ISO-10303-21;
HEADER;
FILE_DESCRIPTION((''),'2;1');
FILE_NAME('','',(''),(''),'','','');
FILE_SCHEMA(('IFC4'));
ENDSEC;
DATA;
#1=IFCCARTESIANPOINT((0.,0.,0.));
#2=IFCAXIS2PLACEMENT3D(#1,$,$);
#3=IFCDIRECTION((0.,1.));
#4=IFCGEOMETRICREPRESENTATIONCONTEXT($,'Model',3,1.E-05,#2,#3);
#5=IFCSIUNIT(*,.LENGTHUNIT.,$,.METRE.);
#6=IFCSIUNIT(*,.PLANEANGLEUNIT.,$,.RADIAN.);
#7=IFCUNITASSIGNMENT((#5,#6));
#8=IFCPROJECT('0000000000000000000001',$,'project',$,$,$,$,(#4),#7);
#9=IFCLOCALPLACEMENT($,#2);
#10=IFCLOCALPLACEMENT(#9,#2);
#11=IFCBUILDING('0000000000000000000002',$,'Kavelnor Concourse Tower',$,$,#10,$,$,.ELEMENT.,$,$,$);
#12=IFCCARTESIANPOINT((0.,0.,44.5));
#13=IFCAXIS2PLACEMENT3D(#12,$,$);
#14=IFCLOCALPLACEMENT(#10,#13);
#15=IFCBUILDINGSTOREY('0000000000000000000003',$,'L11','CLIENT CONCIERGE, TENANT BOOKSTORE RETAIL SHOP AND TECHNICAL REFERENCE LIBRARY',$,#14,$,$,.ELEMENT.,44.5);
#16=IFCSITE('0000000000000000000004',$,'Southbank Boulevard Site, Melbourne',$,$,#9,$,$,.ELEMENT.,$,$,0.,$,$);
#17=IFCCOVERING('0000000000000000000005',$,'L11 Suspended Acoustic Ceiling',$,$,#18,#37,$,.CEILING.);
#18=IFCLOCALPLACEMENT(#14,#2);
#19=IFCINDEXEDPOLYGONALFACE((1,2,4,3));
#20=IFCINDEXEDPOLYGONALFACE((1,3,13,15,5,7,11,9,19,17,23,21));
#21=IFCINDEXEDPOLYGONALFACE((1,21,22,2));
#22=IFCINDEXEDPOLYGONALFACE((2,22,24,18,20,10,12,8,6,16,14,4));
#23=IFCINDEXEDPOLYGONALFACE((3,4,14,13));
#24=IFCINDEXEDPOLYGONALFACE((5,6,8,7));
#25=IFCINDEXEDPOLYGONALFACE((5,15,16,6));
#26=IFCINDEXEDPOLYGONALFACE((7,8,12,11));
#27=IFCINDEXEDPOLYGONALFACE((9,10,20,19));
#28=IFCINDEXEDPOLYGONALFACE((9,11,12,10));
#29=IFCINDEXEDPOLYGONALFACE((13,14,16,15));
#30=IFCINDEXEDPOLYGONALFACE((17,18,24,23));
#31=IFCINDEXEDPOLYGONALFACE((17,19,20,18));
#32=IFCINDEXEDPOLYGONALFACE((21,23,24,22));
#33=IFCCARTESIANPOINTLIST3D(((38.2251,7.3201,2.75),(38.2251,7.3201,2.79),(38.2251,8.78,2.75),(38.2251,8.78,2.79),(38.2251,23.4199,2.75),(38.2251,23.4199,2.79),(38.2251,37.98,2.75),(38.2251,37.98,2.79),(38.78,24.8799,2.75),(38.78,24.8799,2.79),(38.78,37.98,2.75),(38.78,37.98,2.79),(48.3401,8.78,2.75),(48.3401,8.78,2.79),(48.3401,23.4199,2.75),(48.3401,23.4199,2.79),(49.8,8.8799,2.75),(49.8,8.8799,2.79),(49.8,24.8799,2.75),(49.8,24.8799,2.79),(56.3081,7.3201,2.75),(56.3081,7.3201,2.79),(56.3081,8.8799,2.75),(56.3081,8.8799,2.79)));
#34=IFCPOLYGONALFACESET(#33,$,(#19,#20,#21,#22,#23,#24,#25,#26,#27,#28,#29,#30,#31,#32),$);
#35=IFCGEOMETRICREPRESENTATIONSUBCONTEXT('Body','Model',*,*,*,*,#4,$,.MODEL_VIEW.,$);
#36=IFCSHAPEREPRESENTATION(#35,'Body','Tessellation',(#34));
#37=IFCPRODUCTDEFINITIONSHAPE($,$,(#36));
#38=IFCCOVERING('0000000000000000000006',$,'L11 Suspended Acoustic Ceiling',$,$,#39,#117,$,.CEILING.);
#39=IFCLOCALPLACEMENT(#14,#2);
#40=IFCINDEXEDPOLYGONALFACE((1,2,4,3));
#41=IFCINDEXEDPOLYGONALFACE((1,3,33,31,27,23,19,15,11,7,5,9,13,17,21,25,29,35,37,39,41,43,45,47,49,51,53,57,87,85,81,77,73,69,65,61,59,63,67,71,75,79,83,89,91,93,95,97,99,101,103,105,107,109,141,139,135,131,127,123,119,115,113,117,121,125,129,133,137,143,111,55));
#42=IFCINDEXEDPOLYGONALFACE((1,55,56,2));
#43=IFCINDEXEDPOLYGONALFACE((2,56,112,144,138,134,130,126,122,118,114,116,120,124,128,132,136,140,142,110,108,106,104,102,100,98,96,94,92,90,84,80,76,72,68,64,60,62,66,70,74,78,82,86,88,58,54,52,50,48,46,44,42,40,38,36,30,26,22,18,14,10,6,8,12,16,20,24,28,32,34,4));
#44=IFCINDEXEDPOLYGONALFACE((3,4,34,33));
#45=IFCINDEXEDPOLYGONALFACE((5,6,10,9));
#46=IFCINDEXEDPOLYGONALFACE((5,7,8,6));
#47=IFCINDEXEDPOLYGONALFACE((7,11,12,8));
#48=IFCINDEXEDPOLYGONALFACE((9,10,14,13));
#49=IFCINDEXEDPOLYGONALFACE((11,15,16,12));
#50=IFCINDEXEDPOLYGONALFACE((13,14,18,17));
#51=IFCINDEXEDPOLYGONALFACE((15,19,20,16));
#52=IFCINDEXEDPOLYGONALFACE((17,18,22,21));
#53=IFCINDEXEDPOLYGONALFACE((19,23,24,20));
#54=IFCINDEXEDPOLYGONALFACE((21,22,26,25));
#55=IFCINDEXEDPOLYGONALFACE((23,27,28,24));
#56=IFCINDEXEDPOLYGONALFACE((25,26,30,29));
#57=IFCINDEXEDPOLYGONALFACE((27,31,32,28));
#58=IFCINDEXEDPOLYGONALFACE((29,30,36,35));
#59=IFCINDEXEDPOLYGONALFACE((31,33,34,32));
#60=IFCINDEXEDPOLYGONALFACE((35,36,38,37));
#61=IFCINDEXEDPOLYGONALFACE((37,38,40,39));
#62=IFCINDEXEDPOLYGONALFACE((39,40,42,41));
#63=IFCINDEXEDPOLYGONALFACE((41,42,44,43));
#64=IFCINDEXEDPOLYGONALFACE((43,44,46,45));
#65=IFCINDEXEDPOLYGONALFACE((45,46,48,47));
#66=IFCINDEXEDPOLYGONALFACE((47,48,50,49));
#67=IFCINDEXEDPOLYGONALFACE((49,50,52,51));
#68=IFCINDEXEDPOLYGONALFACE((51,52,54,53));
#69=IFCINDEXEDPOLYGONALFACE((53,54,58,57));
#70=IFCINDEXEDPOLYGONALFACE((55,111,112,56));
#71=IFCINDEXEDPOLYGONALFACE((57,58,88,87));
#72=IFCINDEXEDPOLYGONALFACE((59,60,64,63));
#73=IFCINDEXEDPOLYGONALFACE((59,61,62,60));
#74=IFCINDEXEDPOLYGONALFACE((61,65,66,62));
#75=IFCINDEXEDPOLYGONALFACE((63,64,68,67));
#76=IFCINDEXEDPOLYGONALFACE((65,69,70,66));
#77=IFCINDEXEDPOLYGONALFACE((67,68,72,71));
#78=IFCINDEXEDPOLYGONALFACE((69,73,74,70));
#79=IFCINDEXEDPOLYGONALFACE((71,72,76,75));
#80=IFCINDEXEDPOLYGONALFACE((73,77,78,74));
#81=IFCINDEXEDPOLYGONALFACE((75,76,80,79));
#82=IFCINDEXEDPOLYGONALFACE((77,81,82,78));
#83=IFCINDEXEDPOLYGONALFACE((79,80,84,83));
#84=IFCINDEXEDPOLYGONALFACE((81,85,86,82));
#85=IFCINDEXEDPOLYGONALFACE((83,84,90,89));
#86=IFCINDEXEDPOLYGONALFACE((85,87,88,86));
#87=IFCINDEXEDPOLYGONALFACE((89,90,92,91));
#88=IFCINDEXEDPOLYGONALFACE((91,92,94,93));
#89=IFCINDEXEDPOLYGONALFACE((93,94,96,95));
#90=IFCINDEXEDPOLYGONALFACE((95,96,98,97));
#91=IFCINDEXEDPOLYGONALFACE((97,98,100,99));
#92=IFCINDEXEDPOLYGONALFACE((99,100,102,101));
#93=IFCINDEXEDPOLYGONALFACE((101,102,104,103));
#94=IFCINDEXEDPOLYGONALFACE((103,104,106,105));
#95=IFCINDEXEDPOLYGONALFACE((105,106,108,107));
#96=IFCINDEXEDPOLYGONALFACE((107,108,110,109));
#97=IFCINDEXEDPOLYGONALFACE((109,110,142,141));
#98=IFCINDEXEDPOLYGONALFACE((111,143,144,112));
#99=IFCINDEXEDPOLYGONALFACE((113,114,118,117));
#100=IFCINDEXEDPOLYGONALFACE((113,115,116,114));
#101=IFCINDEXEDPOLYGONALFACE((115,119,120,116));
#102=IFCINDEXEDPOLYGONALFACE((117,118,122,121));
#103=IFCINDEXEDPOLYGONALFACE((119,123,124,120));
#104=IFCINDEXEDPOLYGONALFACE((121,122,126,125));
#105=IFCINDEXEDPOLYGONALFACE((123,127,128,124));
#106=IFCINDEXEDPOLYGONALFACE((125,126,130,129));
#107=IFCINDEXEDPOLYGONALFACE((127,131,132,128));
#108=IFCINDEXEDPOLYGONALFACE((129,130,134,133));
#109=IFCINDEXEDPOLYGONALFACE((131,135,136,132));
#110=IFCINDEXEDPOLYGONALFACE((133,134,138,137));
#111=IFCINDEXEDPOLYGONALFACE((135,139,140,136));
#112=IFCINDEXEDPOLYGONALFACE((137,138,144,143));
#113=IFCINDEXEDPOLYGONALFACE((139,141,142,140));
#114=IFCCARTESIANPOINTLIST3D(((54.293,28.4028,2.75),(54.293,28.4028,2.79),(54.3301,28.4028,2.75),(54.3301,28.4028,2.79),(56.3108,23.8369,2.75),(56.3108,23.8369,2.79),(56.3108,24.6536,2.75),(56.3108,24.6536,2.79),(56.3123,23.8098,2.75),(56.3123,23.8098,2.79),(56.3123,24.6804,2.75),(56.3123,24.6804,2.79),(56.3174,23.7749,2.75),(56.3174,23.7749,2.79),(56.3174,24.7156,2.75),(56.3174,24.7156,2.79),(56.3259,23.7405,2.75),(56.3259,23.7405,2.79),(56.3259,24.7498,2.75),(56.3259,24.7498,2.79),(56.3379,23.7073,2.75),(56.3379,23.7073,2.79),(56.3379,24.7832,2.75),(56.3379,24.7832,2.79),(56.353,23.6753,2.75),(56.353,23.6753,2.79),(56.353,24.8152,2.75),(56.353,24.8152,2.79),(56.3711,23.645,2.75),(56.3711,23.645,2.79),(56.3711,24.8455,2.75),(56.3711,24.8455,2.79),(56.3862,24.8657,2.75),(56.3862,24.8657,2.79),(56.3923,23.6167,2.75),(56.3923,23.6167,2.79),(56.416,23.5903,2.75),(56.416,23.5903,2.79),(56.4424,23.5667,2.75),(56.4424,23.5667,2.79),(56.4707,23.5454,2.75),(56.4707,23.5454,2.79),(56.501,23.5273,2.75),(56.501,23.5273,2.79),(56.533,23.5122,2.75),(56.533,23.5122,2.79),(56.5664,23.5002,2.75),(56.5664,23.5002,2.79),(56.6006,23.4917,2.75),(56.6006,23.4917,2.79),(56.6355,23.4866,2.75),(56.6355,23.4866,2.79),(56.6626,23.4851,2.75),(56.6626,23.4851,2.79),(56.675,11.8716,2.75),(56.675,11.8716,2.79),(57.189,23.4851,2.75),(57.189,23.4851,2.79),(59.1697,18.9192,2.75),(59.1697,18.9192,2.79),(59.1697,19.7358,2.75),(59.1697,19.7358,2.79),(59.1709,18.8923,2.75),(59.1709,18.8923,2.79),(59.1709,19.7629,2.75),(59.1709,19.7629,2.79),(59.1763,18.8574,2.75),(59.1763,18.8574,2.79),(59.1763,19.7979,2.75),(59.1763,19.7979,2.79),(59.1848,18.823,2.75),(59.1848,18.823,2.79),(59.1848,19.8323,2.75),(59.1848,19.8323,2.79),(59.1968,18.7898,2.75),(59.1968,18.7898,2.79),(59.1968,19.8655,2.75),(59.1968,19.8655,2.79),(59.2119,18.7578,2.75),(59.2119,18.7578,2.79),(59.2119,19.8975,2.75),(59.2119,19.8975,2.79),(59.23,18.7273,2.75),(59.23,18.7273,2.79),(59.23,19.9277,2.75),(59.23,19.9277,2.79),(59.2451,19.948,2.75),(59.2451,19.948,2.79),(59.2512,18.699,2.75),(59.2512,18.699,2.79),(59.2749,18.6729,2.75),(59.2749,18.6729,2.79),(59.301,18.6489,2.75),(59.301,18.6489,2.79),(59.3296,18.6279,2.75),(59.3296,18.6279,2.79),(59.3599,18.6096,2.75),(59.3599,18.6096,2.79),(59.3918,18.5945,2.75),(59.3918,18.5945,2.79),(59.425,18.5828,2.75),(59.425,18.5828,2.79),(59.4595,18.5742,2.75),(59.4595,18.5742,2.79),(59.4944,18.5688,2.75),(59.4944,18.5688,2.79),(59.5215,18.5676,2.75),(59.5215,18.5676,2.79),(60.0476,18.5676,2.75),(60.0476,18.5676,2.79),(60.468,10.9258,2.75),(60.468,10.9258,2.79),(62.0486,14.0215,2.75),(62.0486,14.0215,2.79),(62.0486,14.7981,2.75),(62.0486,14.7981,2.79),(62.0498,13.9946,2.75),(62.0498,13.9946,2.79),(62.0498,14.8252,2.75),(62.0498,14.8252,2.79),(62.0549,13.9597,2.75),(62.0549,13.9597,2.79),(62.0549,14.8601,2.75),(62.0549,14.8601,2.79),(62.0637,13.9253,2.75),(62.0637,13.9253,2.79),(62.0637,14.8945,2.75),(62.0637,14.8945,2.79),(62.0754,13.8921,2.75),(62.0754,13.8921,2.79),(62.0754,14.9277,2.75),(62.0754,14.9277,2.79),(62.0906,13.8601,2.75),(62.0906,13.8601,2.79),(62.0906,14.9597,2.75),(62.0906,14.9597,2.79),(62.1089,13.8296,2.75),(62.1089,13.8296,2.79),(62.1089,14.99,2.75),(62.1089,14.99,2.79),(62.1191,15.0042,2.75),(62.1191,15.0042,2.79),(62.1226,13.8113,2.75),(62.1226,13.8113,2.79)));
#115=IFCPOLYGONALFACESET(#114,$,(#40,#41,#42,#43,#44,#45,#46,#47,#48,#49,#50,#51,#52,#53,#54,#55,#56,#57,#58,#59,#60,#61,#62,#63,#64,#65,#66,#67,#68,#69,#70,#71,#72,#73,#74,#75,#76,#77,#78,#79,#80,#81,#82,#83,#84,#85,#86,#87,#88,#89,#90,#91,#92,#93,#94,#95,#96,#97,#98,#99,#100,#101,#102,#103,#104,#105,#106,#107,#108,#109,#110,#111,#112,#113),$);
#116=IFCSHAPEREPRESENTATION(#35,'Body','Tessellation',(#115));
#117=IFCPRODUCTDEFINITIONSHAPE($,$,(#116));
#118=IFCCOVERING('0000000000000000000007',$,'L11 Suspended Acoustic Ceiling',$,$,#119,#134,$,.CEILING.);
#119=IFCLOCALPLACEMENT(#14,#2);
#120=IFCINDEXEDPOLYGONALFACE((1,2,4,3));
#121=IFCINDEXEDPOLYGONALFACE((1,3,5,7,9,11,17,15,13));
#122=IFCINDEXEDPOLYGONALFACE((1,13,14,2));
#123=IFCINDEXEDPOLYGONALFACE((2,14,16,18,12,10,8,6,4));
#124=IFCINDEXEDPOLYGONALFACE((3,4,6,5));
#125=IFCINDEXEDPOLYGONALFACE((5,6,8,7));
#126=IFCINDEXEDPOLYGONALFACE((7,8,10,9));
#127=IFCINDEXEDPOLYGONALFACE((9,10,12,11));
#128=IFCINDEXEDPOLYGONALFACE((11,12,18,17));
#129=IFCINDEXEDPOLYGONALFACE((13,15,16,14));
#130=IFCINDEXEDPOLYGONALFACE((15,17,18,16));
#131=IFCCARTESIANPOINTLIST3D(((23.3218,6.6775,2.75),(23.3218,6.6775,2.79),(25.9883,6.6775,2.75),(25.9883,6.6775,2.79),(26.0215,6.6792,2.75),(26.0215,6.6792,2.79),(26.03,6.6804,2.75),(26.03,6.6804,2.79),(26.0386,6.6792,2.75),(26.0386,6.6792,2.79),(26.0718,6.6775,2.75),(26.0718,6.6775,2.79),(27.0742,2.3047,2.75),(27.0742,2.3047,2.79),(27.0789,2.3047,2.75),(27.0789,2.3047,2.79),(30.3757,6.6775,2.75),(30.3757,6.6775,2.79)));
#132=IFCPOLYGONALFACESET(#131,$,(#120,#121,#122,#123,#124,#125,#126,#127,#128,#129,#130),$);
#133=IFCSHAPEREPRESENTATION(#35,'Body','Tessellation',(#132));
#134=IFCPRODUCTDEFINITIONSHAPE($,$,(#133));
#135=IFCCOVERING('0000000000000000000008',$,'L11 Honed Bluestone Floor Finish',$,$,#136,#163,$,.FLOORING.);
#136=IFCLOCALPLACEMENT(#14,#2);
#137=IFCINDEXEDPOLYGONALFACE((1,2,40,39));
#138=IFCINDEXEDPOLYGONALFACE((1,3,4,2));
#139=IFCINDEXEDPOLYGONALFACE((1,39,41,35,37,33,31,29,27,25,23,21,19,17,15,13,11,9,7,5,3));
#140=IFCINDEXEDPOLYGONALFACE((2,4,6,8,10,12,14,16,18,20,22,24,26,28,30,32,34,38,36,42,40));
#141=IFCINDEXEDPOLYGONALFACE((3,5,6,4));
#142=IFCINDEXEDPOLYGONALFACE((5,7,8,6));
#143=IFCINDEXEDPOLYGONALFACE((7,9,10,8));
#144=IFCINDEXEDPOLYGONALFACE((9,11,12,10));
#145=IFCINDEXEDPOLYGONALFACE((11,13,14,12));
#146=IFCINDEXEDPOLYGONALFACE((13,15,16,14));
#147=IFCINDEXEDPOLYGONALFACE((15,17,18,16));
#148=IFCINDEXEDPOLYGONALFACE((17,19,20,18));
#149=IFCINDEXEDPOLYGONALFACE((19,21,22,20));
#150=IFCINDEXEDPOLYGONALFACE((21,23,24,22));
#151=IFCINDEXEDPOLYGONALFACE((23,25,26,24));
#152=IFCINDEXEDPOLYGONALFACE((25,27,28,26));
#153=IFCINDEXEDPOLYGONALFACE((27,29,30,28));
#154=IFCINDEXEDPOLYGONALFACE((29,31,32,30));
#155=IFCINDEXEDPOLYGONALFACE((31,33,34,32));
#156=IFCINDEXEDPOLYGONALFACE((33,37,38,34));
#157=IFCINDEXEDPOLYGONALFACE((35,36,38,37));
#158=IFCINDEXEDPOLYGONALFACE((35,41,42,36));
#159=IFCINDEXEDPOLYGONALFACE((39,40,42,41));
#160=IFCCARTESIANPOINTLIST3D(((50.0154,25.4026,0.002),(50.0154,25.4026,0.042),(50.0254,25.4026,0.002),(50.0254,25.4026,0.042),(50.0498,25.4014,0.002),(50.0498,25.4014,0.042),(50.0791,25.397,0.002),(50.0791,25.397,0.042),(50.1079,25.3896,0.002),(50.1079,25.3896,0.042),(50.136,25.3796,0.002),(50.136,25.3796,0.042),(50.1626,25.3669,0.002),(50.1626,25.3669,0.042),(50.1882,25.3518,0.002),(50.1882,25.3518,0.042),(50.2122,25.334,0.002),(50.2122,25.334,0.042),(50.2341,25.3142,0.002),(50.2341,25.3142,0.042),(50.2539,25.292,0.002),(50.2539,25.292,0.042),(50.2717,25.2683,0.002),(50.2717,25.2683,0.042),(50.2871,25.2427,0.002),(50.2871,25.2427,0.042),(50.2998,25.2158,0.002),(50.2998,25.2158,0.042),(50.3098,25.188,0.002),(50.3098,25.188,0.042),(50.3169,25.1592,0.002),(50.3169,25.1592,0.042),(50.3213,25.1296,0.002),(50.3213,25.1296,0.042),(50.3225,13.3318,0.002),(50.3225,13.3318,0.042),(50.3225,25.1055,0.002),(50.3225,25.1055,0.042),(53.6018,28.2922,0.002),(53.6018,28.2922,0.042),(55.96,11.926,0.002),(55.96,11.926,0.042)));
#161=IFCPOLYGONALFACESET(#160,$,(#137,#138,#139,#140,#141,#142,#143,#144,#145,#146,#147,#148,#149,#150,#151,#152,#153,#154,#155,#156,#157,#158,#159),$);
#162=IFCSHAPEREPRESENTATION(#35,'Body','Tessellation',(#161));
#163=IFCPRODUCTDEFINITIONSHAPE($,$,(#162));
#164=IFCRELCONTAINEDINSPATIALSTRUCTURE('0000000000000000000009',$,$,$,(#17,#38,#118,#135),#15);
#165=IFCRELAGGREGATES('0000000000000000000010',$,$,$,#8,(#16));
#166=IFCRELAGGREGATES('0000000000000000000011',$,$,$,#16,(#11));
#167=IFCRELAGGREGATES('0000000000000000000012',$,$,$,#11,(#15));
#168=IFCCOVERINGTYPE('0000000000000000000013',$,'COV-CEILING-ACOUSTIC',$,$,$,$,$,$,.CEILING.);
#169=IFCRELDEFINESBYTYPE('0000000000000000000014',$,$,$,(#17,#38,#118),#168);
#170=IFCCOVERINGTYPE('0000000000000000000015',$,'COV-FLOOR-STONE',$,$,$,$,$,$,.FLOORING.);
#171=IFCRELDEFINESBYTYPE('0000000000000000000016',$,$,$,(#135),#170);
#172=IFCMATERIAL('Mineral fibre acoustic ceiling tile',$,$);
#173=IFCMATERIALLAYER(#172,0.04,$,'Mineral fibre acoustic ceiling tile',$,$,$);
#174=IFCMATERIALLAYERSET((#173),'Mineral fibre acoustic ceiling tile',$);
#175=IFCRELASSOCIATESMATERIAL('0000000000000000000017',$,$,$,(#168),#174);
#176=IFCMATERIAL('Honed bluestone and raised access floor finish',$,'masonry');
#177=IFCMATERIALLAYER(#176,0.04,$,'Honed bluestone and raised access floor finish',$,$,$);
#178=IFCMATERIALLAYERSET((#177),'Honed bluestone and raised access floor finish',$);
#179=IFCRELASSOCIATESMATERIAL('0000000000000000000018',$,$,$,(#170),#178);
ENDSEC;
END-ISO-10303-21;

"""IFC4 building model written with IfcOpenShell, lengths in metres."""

from ifc_helpers import new_model, si_unit, direction, frame, origin, place, context, subcontext, project, spatial, polyline, outline, extrude, material, layer, layer_set, type_object, element, save


model = new_model("IFC4")

# Units and contexts
model_context = context("Model", 3, precision=1e-05, world=origin(), true_north=direction((0.0, 1.0)))
body_context = subcontext(model_context, "Body", "Model", "MODEL_VIEW")
ifc_project = project(units=[si_unit("LENGTHUNIT", "METRE"), si_unit("PLANEANGLEUNIT", "RADIAN")], contexts=[model_context])

# Site, building, storey
site_placement = place(None, origin())
site = spatial("IfcSite", under=ifc_project, at=site_placement, Name="Southbank Boulevard Site, Melbourne", CompositionType="ELEMENT", RefElevation=0.0)
building_placement = place(site_placement, origin())
building = spatial("IfcBuilding", under=site, at=building_placement, Name="Kavelnor Concourse Tower", CompositionType="ELEMENT")
storey_placement = place(building_placement, frame((0.0, 0.0, 44.5)))
storey = spatial("IfcBuildingStorey", under=building, at=storey_placement, Name="L11", Description="CLIENT CONCIERGE, TENANT BOOKSTORE RETAIL SHOP AND TECHNICAL REFERENCE LIBRARY", CompositionType="ELEMENT", Elevation=44.5)

# Coverings
ifc_material_1 = material(Name="Mineral fibre acoustic ceiling tile")
ifc_layer_1 = layer(ifc_material_1, 0.04, Name="Mineral fibre acoustic ceiling tile")
ifc_layer_set_1 = layer_set([ifc_layer_1], Name="Mineral fibre acoustic ceiling tile")
covering_type_1 = type_object("IfcCoveringType", Name="COV-CEILING-ACOUSTIC", PredefinedType="CEILING", material=ifc_layer_set_1)
covering_1_placement = place(storey_placement, frame((0.0, 0.0, 2.75)))
element("IfcCovering", 1, at=covering_1_placement, inside=storey, type_object=covering_type_1, Name="L11 Suspended Acoustic Ceiling", PredefinedType="CEILING", context=body_context, shape_type="SweptSolid", body=[
    extrude(outline(polyline([(38.78, 37.98), (38.78, 24.8799), (49.8, 24.8799), (49.8, 8.8799), (56.3081, 8.8799), (56.3081, 7.3201), (38.2251, 7.3201), (38.2251, 8.78), (48.3401, 8.78), (48.3401, 23.4199), (38.2251, 23.4199), (38.2251, 37.98), (38.78, 37.98)])), origin(), (0.0, 0.0, 1.0), 0.04),
])
covering_2_placement = place(storey_placement, frame((0.0, 0.0, 2.75)))
element("IfcCovering", 2, at=covering_2_placement, inside=storey, type_object=covering_type_1, Name="L11 Suspended Acoustic Ceiling", PredefinedType="CEILING", context=body_context, shape_type="SweptSolid", body=[
    extrude(outline(polyline([(56.3862, 24.8657), (56.3711, 24.8455), (56.353, 24.8152), (56.3379, 24.7832), (56.3259, 24.7498), (56.3174, 24.7156), (56.3123, 24.6804), (56.3108, 24.6536), (56.3108, 23.8369), (56.3123, 23.8098), (56.3174, 23.7749), (56.3259, 23.7405), (56.3379, 23.7073), (56.353, 23.6753), (56.3711, 23.645), (56.3923, 23.6167), (56.416, 23.5903), (56.4424, 23.5667), (56.4707, 23.5454), (56.501, 23.5273), (56.533, 23.5122), (56.5664, 23.5002), (56.6006, 23.4917), (56.6355, 23.4866), (56.6626, 23.4851), (57.189, 23.4851), (59.2451, 19.948), (59.23, 19.9277), (59.2119, 19.8975), (59.1968, 19.8655), (59.1848, 19.8323), (59.1763, 19.7979), (59.1709, 19.7629), (59.1697, 19.7358), (59.1697, 18.9192), (59.1709, 18.8923), (59.1763, 18.8574), (59.1848, 18.823), (59.1968, 18.7898), (59.2119, 18.7578), (59.23, 18.7273), (59.2512, 18.699), (59.2749, 18.6729), (59.301, 18.6489), (59.3296, 18.6279), (59.3599, 18.6096), (59.3918, 18.5945), (59.425, 18.5828), (59.4595, 18.5742), (59.4944, 18.5688), (59.5215, 18.5676), (60.0476, 18.5676), (62.1191, 15.0042), (62.1089, 14.99), (62.0906, 14.9597), (62.0754, 14.9277), (62.0637, 14.8945), (62.0549, 14.8601), (62.0498, 14.8252), (62.0486, 14.7981), (62.0486, 14.0215), (62.0498, 13.9946), (62.0549, 13.9597), (62.0637, 13.9253), (62.0754, 13.8921), (62.0906, 13.8601), (62.1089, 13.8296), (62.1226, 13.8113), (60.468, 10.9258), (56.675, 11.8716), (54.293, 28.4028), (54.3301, 28.4028), (56.3862, 24.8657)])), origin(), (0.0, 0.0, 1.0), 0.04),
])
covering_3_placement = place(storey_placement, frame((0.0, 0.0, 2.75)))
element("IfcCovering", 3, at=covering_3_placement, inside=storey, type_object=covering_type_1, Name="L11 Suspended Acoustic Ceiling", PredefinedType="CEILING", context=body_context, shape_type="SweptSolid", body=[
    extrude(outline(polyline([(26.03, 6.6804), (26.0386, 6.6792), (26.0718, 6.6775), (30.3757, 6.6775), (27.0789, 2.3047), (27.0742, 2.3047), (23.3218, 6.6775), (25.9883, 6.6775), (26.0215, 6.6792), (26.03, 6.6804)])), origin(), (0.0, 0.0, 1.0), 0.04),
])
ifc_material_2 = material(Name="Honed bluestone and raised access floor finish", Category="masonry")
ifc_layer_2 = layer(ifc_material_2, 0.04, Name="Honed bluestone and raised access floor finish")
ifc_layer_set_2 = layer_set([ifc_layer_2], Name="Honed bluestone and raised access floor finish")
covering_type_2 = type_object("IfcCoveringType", Name="COV-FLOOR-STONE", PredefinedType="FLOORING", material=ifc_layer_set_2)
covering_4_placement = place(storey_placement, frame((0.0, 0.0, 0.002)))
element("IfcCovering", 4, at=covering_4_placement, inside=storey, type_object=covering_type_2, Name="L11 Honed Bluestone Floor Finish", PredefinedType="FLOORING", context=body_context, shape_type="SweptSolid", body=[
    extrude(outline(polyline([(50.3213, 25.1296), (50.3169, 25.1592), (50.3098, 25.188), (50.2998, 25.2158), (50.2871, 25.2427), (50.2717, 25.2683), (50.2539, 25.292), (50.2341, 25.3142), (50.2122, 25.334), (50.1882, 25.3518), (50.1626, 25.3669), (50.136, 25.3796), (50.1079, 25.3896), (50.0791, 25.397), (50.0498, 25.4014), (50.0254, 25.4026), (50.0154, 25.4026), (53.6018, 28.2922), (55.96, 11.926), (50.3225, 13.3318), (50.3225, 25.1055), (50.3213, 25.1296)])), origin(), (0.0, 0.0, 1.0), 0.04),
])

save(model, "model.ifc")
